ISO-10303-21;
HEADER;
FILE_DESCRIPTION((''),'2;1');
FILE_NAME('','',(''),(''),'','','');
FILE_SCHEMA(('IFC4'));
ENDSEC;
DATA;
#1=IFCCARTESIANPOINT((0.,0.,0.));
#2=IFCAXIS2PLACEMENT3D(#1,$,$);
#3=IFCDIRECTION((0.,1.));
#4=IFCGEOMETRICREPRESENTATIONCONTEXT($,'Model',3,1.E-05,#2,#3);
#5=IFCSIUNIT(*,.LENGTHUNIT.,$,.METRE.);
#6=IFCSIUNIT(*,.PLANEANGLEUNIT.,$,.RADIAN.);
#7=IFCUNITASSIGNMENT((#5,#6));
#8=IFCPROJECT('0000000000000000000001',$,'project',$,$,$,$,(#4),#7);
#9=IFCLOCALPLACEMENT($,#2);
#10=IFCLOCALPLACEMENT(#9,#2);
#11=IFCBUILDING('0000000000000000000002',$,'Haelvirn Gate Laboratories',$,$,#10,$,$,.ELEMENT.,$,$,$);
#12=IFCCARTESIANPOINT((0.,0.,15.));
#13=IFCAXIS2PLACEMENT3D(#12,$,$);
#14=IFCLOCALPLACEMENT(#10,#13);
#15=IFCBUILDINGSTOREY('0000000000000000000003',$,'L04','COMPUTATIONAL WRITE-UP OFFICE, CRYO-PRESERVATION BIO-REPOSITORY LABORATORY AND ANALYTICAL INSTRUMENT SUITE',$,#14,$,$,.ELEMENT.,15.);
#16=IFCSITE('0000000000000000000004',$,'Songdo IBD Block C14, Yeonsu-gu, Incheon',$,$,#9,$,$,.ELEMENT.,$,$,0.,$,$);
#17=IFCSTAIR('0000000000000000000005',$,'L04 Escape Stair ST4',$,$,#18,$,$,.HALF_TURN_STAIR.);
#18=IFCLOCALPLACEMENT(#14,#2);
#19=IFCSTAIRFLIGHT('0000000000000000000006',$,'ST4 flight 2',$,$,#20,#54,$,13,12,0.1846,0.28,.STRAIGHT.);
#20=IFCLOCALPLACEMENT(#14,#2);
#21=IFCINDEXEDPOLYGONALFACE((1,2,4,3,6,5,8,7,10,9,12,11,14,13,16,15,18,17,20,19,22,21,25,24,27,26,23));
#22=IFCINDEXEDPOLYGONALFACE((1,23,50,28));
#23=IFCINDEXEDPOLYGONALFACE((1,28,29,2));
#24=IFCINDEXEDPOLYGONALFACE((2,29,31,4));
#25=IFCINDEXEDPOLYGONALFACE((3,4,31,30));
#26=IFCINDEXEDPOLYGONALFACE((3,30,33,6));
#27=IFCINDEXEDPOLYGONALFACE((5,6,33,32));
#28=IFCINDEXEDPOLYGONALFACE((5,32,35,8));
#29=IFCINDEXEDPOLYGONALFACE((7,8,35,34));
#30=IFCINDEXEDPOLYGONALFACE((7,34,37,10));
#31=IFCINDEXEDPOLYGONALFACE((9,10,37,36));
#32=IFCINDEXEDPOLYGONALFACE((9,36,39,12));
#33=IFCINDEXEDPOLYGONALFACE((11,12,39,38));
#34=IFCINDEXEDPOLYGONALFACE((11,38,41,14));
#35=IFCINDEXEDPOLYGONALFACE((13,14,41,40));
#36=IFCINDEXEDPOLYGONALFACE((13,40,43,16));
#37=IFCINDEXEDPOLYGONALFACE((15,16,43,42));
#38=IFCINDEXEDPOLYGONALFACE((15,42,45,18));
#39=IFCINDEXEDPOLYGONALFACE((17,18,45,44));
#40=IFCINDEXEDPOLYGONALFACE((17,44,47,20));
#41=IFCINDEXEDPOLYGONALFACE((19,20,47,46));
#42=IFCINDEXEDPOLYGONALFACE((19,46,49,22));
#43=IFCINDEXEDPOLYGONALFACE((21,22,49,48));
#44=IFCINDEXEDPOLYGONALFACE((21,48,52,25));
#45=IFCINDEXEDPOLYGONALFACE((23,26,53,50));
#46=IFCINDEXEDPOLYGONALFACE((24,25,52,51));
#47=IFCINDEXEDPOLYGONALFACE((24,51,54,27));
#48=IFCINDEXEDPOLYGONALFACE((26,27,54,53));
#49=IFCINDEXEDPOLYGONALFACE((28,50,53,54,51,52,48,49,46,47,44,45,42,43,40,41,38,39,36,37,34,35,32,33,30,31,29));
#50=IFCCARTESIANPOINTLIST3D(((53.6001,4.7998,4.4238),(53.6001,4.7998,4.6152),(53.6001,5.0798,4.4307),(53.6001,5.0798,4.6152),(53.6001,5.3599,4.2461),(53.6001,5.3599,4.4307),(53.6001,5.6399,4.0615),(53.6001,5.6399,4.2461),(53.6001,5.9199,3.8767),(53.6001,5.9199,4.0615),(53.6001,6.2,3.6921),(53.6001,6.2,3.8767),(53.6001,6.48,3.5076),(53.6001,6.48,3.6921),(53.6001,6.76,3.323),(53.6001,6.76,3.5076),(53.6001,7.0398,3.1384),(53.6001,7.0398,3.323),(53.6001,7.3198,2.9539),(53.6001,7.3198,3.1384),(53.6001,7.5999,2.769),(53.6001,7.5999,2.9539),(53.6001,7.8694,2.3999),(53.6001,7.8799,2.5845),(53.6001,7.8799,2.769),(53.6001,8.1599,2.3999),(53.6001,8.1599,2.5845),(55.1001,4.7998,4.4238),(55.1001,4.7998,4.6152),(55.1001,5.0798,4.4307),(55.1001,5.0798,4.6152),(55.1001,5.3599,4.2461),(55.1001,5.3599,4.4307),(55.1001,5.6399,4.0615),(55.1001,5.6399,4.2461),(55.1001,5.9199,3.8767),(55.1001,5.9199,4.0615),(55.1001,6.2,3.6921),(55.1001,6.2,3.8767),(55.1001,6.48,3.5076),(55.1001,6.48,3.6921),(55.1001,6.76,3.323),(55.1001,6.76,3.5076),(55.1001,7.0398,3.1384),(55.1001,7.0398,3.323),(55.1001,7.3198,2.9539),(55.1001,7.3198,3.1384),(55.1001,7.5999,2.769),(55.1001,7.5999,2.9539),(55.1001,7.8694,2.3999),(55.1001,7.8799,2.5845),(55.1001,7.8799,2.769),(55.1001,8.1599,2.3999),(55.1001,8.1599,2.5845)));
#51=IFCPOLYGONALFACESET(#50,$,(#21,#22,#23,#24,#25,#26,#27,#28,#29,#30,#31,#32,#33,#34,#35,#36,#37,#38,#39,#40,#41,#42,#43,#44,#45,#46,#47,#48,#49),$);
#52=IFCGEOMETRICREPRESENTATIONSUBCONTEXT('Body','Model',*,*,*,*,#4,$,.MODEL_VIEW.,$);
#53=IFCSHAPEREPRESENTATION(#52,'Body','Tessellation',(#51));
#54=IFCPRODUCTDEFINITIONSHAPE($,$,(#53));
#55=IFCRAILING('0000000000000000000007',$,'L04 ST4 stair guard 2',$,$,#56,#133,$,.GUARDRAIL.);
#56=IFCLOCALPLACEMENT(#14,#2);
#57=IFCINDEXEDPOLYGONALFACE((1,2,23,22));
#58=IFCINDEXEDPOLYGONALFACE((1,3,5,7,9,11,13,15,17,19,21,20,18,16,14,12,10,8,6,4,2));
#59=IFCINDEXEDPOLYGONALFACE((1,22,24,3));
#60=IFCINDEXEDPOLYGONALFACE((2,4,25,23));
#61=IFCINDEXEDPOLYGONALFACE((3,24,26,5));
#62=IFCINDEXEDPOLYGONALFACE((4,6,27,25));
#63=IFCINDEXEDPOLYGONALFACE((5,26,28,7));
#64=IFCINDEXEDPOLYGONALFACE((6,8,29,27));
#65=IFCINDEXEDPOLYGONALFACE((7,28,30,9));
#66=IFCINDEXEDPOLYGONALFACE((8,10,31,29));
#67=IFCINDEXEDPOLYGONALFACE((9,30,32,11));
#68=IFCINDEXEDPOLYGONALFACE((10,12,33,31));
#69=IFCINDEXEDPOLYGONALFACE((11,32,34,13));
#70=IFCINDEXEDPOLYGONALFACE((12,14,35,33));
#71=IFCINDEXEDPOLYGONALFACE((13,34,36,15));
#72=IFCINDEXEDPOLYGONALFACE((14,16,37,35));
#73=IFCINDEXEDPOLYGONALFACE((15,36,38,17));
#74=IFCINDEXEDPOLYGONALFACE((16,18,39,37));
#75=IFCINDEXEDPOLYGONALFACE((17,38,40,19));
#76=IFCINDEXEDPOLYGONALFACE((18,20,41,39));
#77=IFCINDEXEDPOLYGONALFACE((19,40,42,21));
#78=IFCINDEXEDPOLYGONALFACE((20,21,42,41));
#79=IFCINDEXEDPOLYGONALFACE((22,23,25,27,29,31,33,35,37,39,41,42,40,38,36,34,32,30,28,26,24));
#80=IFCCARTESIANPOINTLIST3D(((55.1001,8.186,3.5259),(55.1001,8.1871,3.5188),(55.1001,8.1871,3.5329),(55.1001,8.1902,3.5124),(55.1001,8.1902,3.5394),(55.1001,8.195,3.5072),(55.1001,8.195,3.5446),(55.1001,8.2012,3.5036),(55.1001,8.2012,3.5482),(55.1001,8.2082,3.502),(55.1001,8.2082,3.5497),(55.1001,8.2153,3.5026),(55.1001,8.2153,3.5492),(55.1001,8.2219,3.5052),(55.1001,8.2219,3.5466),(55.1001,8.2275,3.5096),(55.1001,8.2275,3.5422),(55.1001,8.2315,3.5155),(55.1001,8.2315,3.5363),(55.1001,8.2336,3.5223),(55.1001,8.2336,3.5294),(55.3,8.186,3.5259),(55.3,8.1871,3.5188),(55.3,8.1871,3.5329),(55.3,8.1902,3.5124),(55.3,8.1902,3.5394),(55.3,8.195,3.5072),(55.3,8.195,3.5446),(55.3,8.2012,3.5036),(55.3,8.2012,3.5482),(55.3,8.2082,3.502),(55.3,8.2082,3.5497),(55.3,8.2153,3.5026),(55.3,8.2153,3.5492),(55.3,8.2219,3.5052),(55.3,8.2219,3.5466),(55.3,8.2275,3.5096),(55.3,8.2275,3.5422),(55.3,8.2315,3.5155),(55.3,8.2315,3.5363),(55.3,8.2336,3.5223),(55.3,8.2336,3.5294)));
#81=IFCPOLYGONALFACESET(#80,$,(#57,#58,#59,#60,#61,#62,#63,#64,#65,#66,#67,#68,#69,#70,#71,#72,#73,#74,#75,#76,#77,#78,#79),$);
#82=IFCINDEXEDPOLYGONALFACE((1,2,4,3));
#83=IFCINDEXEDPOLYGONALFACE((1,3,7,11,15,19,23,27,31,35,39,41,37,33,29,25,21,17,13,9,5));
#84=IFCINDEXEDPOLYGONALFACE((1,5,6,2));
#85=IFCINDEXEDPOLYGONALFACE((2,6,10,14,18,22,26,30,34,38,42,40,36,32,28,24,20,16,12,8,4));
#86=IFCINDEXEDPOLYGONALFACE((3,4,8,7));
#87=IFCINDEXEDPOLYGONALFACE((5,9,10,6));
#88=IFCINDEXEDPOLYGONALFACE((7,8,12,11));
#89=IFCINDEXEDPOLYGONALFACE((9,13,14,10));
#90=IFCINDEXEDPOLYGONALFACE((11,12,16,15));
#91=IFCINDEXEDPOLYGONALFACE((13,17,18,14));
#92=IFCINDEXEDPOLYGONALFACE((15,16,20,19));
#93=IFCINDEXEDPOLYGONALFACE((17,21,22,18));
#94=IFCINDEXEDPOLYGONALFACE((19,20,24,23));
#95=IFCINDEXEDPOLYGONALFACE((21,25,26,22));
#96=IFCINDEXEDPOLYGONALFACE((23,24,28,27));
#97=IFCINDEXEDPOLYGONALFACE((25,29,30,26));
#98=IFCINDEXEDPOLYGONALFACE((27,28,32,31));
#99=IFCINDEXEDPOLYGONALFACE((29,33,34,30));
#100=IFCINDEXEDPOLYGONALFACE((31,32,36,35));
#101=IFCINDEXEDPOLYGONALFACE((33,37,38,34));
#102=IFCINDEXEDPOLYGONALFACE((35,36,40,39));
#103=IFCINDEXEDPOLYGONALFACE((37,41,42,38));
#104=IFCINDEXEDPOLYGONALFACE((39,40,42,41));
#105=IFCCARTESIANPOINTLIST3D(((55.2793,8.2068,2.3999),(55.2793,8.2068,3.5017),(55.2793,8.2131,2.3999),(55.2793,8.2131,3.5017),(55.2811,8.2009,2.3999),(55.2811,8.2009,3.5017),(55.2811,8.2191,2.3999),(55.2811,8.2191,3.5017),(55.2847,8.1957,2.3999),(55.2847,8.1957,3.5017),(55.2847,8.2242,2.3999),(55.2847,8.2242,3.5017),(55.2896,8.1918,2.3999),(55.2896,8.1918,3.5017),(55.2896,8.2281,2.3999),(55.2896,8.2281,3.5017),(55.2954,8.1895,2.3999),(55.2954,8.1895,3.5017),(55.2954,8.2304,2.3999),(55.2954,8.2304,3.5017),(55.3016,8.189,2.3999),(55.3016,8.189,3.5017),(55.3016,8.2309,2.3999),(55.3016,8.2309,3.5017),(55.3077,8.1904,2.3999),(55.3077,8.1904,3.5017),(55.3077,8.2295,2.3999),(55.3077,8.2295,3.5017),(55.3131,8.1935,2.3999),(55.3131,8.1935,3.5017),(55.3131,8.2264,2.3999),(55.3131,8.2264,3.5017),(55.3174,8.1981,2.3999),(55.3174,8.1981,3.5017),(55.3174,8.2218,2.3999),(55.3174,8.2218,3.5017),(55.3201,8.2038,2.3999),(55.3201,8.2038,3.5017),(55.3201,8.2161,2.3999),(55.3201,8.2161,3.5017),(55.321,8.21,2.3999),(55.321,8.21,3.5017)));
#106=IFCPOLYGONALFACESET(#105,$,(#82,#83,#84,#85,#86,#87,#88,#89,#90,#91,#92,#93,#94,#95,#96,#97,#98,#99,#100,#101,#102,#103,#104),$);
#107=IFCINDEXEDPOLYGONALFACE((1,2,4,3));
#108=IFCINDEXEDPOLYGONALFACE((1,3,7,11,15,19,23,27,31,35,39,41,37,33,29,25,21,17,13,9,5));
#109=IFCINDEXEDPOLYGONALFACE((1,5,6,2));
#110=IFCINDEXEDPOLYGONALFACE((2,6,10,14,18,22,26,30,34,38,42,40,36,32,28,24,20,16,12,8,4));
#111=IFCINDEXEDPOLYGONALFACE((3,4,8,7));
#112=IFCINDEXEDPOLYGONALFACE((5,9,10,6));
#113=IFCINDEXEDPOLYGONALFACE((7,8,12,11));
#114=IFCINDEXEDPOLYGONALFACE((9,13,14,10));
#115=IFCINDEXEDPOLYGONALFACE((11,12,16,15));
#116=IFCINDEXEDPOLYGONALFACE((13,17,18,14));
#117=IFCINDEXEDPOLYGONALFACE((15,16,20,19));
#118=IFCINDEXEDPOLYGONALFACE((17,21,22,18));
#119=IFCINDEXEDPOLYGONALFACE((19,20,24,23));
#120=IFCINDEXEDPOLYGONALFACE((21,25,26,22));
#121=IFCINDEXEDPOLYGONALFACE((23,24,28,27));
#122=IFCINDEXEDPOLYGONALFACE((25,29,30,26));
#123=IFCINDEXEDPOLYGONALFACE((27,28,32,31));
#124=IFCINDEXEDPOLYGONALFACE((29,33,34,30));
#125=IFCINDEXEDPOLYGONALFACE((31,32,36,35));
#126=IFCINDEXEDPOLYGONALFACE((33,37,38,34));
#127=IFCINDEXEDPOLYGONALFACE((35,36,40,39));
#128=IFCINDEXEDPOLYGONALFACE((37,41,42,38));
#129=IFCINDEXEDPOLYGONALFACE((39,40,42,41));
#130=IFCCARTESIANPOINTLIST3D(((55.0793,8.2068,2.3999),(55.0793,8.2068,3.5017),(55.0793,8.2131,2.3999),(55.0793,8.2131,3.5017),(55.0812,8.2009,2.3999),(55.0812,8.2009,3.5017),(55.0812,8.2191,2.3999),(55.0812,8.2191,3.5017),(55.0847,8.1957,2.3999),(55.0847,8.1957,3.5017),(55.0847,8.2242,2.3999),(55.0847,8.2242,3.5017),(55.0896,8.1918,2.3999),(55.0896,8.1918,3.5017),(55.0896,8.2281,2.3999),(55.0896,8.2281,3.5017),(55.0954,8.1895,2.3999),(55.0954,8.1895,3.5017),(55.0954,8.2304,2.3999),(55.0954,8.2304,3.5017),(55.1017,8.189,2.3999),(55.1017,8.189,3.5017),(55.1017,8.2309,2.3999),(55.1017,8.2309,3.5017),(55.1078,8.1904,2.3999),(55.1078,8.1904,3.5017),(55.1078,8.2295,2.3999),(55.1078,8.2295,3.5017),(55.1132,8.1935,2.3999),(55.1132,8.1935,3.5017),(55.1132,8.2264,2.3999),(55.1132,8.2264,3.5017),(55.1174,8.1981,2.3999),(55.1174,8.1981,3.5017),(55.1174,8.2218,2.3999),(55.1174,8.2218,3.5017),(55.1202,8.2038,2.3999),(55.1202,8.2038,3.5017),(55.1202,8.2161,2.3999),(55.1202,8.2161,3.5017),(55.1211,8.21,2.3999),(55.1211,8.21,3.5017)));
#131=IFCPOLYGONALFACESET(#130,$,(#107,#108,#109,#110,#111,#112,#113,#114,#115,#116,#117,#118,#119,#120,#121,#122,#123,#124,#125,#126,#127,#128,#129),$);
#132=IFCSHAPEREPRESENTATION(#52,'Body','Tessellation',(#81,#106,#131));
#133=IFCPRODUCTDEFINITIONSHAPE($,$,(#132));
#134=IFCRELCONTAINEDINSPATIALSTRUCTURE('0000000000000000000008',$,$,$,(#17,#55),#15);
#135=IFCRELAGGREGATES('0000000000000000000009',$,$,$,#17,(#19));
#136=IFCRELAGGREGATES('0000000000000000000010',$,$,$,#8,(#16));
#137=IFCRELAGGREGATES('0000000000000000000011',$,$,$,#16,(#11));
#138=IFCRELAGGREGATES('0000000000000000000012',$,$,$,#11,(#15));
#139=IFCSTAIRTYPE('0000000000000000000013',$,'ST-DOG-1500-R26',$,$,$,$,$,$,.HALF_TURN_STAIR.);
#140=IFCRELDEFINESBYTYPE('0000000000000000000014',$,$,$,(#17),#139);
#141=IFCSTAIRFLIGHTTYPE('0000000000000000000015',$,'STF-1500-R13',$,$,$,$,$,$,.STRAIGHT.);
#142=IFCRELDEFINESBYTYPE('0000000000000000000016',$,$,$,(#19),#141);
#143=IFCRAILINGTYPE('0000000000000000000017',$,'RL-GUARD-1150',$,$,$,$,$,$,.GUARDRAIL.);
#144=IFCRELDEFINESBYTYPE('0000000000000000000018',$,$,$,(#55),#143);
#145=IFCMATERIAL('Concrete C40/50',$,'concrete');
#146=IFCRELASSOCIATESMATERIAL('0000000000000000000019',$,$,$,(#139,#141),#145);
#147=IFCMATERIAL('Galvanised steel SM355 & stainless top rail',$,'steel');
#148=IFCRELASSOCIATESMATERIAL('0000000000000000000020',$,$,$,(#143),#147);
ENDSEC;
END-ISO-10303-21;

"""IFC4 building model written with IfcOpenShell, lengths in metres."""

from ifc_helpers import new_model, si_unit, direction, frame, origin, origin_2d, place, context, subcontext, project, spatial, polyline, circle, outline, extrude, source, transform, mapped, material, type_object, type_shapes, element, aggregate, save


model = new_model("IFC4")

# Units and contexts
model_context = context("Model", 3, precision=1e-05, world=origin(), true_north=direction((0.0, 1.0)))
body_context = subcontext(model_context, "Body", "Model", "MODEL_VIEW")
ifc_project = project(units=[si_unit("LENGTHUNIT", "METRE"), si_unit("PLANEANGLEUNIT", "RADIAN")], contexts=[model_context])

# Site, building, storey
site_placement = place(None, origin())
site = spatial("IfcSite", under=ifc_project, at=site_placement, Name="Songdo IBD Block C14, Yeonsu-gu, Incheon", CompositionType="ELEMENT", RefElevation=0.0)
building_placement = place(site_placement, origin())
building = spatial("IfcBuilding", under=site, at=building_placement, Name="Haelvirn Gate Laboratories", CompositionType="ELEMENT")
storey_placement = place(building_placement, frame((0.0, 0.0, 15.0)))
storey = spatial("IfcBuildingStorey", under=building, at=storey_placement, Name="L04", Description="COMPUTATIONAL WRITE-UP OFFICE, CRYO-PRESERVATION BIO-REPOSITORY LABORATORY AND ANALYTICAL INSTRUMENT SUITE", CompositionType="ELEMENT", Elevation=15.0)

# Shared definitions
ifc_material_1 = material(Name="Concrete C40/50", Category="concrete")

# Stair, stair flight
stair_type = type_object("IfcStairType", Name="ST-DOG-1500-R26", PredefinedType="HALF_TURN_STAIR", material=ifc_material_1)
stair_placement = place(storey_placement, origin())
stair = element("IfcStair", 1, at=stair_placement, inside=storey, type_object=stair_type, Name="L04 Escape Stair ST4", PredefinedType="HALF_TURN_STAIR")
stair_flight_type = type_object("IfcStairFlightType", Name="STF-1500-R13", PredefinedType="STRAIGHT", material=ifc_material_1)
shared_shape_1 = source(origin(), body_context, "Body", "SweptSolid", [
    extrude(outline(polyline([(0.0, 0.0), (0.0, 0.1846), (0.28, 0.1846), (0.28, 0.3691), (0.5601, 0.3691), (0.5601, 0.554), (0.8401, 0.554), (0.8401, 0.7385), (1.1201, 0.7385), (1.1201, 0.9231), (1.3999, 0.9231), (1.3999, 1.1077), (1.6799, 1.1077), (1.6799, 1.2922), (1.96, 1.2922), (1.96, 1.4768), (2.24, 1.4768), (2.24, 1.6616), (2.52, 1.6616), (2.52, 1.8462), (2.8, 1.8462), (2.8, 2.0308), (3.0801, 2.0308), (3.0801, 2.2153), (3.3601, 2.2153), (3.3601, 2.3999), (3.3601, 2.0239), (0.2905, 0.0), (0.0, 0.0)])), frame((0.0, 0.75, 0.0), z_axis=(0.0, -1.0, 0.0), x_axis=(1.0, 0.0, 0.0)), (0.0, 0.0, 1.0), 1.5),
])
type_shapes(stair_flight_type, [shared_shape_1])
stair_flight_placement = place(storey_placement, frame((54.3501, 8.1599, 2.3999), z_axis=(0.0, 0.0, 1.0), x_axis=(0.0, -1.0, 0.0)))
stair_flight = element("IfcStairFlight", 2, at=stair_flight_placement, type_object=stair_flight_type, Name="ST4 flight 2", NumberOfRisers=13, NumberOfTreads=12, PredefinedType="STRAIGHT", RiserHeight=0.1846, TreadLength=0.28, context=body_context, shape_type="MappedRepresentation", body=[
    mapped(shared_shape_1, transform((0.0, 0.0, 0.0), scale=1.0)),
])
aggregate(stair, [stair_flight])

# Railing
ifc_material_2 = material(Name="Galvanised steel SM355 & stainless top rail", Category="steel")
railing_type_1 = type_object("IfcRailingType", Name="RL-GUARD-1150", PredefinedType="GUARDRAIL", material=ifc_material_2)
shared_shape_2 = source(origin(), body_context, "Body", "SweptSolid", [
    extrude(circle(Radius=0.0239, at=origin_2d()), frame((0.0, 0.0, 1.126), z_axis=(-1.0, 0.0, 0.0), x_axis=(0.0, -1.0, 0.0)), (0.0, 0.0, 1.0), 0.2),
    extrude(circle(Radius=0.021, at=origin_2d()), origin(), (0.0, 0.0, 1.0), 1.1018),
    extrude(circle(Radius=0.021, at=origin_2d()), frame((-0.2, 0.0, 0.0)), (0.0, 0.0, 1.0), 1.1018),
])
railing_1_placement = place(storey_placement, frame((55.3, 8.21, 2.3999)))
element("IfcRailing", 3, at=railing_1_placement, inside=storey, type_object=railing_type_1, Name="L04 ST4 stair guard 2", PredefinedType="GUARDRAIL", context=body_context, shape_type="MappedRepresentation", body=[
    mapped(shared_shape_2, transform((0.0, 0.0, 0.0), scale=1.0)),
])

save(model, "model.ifc")
